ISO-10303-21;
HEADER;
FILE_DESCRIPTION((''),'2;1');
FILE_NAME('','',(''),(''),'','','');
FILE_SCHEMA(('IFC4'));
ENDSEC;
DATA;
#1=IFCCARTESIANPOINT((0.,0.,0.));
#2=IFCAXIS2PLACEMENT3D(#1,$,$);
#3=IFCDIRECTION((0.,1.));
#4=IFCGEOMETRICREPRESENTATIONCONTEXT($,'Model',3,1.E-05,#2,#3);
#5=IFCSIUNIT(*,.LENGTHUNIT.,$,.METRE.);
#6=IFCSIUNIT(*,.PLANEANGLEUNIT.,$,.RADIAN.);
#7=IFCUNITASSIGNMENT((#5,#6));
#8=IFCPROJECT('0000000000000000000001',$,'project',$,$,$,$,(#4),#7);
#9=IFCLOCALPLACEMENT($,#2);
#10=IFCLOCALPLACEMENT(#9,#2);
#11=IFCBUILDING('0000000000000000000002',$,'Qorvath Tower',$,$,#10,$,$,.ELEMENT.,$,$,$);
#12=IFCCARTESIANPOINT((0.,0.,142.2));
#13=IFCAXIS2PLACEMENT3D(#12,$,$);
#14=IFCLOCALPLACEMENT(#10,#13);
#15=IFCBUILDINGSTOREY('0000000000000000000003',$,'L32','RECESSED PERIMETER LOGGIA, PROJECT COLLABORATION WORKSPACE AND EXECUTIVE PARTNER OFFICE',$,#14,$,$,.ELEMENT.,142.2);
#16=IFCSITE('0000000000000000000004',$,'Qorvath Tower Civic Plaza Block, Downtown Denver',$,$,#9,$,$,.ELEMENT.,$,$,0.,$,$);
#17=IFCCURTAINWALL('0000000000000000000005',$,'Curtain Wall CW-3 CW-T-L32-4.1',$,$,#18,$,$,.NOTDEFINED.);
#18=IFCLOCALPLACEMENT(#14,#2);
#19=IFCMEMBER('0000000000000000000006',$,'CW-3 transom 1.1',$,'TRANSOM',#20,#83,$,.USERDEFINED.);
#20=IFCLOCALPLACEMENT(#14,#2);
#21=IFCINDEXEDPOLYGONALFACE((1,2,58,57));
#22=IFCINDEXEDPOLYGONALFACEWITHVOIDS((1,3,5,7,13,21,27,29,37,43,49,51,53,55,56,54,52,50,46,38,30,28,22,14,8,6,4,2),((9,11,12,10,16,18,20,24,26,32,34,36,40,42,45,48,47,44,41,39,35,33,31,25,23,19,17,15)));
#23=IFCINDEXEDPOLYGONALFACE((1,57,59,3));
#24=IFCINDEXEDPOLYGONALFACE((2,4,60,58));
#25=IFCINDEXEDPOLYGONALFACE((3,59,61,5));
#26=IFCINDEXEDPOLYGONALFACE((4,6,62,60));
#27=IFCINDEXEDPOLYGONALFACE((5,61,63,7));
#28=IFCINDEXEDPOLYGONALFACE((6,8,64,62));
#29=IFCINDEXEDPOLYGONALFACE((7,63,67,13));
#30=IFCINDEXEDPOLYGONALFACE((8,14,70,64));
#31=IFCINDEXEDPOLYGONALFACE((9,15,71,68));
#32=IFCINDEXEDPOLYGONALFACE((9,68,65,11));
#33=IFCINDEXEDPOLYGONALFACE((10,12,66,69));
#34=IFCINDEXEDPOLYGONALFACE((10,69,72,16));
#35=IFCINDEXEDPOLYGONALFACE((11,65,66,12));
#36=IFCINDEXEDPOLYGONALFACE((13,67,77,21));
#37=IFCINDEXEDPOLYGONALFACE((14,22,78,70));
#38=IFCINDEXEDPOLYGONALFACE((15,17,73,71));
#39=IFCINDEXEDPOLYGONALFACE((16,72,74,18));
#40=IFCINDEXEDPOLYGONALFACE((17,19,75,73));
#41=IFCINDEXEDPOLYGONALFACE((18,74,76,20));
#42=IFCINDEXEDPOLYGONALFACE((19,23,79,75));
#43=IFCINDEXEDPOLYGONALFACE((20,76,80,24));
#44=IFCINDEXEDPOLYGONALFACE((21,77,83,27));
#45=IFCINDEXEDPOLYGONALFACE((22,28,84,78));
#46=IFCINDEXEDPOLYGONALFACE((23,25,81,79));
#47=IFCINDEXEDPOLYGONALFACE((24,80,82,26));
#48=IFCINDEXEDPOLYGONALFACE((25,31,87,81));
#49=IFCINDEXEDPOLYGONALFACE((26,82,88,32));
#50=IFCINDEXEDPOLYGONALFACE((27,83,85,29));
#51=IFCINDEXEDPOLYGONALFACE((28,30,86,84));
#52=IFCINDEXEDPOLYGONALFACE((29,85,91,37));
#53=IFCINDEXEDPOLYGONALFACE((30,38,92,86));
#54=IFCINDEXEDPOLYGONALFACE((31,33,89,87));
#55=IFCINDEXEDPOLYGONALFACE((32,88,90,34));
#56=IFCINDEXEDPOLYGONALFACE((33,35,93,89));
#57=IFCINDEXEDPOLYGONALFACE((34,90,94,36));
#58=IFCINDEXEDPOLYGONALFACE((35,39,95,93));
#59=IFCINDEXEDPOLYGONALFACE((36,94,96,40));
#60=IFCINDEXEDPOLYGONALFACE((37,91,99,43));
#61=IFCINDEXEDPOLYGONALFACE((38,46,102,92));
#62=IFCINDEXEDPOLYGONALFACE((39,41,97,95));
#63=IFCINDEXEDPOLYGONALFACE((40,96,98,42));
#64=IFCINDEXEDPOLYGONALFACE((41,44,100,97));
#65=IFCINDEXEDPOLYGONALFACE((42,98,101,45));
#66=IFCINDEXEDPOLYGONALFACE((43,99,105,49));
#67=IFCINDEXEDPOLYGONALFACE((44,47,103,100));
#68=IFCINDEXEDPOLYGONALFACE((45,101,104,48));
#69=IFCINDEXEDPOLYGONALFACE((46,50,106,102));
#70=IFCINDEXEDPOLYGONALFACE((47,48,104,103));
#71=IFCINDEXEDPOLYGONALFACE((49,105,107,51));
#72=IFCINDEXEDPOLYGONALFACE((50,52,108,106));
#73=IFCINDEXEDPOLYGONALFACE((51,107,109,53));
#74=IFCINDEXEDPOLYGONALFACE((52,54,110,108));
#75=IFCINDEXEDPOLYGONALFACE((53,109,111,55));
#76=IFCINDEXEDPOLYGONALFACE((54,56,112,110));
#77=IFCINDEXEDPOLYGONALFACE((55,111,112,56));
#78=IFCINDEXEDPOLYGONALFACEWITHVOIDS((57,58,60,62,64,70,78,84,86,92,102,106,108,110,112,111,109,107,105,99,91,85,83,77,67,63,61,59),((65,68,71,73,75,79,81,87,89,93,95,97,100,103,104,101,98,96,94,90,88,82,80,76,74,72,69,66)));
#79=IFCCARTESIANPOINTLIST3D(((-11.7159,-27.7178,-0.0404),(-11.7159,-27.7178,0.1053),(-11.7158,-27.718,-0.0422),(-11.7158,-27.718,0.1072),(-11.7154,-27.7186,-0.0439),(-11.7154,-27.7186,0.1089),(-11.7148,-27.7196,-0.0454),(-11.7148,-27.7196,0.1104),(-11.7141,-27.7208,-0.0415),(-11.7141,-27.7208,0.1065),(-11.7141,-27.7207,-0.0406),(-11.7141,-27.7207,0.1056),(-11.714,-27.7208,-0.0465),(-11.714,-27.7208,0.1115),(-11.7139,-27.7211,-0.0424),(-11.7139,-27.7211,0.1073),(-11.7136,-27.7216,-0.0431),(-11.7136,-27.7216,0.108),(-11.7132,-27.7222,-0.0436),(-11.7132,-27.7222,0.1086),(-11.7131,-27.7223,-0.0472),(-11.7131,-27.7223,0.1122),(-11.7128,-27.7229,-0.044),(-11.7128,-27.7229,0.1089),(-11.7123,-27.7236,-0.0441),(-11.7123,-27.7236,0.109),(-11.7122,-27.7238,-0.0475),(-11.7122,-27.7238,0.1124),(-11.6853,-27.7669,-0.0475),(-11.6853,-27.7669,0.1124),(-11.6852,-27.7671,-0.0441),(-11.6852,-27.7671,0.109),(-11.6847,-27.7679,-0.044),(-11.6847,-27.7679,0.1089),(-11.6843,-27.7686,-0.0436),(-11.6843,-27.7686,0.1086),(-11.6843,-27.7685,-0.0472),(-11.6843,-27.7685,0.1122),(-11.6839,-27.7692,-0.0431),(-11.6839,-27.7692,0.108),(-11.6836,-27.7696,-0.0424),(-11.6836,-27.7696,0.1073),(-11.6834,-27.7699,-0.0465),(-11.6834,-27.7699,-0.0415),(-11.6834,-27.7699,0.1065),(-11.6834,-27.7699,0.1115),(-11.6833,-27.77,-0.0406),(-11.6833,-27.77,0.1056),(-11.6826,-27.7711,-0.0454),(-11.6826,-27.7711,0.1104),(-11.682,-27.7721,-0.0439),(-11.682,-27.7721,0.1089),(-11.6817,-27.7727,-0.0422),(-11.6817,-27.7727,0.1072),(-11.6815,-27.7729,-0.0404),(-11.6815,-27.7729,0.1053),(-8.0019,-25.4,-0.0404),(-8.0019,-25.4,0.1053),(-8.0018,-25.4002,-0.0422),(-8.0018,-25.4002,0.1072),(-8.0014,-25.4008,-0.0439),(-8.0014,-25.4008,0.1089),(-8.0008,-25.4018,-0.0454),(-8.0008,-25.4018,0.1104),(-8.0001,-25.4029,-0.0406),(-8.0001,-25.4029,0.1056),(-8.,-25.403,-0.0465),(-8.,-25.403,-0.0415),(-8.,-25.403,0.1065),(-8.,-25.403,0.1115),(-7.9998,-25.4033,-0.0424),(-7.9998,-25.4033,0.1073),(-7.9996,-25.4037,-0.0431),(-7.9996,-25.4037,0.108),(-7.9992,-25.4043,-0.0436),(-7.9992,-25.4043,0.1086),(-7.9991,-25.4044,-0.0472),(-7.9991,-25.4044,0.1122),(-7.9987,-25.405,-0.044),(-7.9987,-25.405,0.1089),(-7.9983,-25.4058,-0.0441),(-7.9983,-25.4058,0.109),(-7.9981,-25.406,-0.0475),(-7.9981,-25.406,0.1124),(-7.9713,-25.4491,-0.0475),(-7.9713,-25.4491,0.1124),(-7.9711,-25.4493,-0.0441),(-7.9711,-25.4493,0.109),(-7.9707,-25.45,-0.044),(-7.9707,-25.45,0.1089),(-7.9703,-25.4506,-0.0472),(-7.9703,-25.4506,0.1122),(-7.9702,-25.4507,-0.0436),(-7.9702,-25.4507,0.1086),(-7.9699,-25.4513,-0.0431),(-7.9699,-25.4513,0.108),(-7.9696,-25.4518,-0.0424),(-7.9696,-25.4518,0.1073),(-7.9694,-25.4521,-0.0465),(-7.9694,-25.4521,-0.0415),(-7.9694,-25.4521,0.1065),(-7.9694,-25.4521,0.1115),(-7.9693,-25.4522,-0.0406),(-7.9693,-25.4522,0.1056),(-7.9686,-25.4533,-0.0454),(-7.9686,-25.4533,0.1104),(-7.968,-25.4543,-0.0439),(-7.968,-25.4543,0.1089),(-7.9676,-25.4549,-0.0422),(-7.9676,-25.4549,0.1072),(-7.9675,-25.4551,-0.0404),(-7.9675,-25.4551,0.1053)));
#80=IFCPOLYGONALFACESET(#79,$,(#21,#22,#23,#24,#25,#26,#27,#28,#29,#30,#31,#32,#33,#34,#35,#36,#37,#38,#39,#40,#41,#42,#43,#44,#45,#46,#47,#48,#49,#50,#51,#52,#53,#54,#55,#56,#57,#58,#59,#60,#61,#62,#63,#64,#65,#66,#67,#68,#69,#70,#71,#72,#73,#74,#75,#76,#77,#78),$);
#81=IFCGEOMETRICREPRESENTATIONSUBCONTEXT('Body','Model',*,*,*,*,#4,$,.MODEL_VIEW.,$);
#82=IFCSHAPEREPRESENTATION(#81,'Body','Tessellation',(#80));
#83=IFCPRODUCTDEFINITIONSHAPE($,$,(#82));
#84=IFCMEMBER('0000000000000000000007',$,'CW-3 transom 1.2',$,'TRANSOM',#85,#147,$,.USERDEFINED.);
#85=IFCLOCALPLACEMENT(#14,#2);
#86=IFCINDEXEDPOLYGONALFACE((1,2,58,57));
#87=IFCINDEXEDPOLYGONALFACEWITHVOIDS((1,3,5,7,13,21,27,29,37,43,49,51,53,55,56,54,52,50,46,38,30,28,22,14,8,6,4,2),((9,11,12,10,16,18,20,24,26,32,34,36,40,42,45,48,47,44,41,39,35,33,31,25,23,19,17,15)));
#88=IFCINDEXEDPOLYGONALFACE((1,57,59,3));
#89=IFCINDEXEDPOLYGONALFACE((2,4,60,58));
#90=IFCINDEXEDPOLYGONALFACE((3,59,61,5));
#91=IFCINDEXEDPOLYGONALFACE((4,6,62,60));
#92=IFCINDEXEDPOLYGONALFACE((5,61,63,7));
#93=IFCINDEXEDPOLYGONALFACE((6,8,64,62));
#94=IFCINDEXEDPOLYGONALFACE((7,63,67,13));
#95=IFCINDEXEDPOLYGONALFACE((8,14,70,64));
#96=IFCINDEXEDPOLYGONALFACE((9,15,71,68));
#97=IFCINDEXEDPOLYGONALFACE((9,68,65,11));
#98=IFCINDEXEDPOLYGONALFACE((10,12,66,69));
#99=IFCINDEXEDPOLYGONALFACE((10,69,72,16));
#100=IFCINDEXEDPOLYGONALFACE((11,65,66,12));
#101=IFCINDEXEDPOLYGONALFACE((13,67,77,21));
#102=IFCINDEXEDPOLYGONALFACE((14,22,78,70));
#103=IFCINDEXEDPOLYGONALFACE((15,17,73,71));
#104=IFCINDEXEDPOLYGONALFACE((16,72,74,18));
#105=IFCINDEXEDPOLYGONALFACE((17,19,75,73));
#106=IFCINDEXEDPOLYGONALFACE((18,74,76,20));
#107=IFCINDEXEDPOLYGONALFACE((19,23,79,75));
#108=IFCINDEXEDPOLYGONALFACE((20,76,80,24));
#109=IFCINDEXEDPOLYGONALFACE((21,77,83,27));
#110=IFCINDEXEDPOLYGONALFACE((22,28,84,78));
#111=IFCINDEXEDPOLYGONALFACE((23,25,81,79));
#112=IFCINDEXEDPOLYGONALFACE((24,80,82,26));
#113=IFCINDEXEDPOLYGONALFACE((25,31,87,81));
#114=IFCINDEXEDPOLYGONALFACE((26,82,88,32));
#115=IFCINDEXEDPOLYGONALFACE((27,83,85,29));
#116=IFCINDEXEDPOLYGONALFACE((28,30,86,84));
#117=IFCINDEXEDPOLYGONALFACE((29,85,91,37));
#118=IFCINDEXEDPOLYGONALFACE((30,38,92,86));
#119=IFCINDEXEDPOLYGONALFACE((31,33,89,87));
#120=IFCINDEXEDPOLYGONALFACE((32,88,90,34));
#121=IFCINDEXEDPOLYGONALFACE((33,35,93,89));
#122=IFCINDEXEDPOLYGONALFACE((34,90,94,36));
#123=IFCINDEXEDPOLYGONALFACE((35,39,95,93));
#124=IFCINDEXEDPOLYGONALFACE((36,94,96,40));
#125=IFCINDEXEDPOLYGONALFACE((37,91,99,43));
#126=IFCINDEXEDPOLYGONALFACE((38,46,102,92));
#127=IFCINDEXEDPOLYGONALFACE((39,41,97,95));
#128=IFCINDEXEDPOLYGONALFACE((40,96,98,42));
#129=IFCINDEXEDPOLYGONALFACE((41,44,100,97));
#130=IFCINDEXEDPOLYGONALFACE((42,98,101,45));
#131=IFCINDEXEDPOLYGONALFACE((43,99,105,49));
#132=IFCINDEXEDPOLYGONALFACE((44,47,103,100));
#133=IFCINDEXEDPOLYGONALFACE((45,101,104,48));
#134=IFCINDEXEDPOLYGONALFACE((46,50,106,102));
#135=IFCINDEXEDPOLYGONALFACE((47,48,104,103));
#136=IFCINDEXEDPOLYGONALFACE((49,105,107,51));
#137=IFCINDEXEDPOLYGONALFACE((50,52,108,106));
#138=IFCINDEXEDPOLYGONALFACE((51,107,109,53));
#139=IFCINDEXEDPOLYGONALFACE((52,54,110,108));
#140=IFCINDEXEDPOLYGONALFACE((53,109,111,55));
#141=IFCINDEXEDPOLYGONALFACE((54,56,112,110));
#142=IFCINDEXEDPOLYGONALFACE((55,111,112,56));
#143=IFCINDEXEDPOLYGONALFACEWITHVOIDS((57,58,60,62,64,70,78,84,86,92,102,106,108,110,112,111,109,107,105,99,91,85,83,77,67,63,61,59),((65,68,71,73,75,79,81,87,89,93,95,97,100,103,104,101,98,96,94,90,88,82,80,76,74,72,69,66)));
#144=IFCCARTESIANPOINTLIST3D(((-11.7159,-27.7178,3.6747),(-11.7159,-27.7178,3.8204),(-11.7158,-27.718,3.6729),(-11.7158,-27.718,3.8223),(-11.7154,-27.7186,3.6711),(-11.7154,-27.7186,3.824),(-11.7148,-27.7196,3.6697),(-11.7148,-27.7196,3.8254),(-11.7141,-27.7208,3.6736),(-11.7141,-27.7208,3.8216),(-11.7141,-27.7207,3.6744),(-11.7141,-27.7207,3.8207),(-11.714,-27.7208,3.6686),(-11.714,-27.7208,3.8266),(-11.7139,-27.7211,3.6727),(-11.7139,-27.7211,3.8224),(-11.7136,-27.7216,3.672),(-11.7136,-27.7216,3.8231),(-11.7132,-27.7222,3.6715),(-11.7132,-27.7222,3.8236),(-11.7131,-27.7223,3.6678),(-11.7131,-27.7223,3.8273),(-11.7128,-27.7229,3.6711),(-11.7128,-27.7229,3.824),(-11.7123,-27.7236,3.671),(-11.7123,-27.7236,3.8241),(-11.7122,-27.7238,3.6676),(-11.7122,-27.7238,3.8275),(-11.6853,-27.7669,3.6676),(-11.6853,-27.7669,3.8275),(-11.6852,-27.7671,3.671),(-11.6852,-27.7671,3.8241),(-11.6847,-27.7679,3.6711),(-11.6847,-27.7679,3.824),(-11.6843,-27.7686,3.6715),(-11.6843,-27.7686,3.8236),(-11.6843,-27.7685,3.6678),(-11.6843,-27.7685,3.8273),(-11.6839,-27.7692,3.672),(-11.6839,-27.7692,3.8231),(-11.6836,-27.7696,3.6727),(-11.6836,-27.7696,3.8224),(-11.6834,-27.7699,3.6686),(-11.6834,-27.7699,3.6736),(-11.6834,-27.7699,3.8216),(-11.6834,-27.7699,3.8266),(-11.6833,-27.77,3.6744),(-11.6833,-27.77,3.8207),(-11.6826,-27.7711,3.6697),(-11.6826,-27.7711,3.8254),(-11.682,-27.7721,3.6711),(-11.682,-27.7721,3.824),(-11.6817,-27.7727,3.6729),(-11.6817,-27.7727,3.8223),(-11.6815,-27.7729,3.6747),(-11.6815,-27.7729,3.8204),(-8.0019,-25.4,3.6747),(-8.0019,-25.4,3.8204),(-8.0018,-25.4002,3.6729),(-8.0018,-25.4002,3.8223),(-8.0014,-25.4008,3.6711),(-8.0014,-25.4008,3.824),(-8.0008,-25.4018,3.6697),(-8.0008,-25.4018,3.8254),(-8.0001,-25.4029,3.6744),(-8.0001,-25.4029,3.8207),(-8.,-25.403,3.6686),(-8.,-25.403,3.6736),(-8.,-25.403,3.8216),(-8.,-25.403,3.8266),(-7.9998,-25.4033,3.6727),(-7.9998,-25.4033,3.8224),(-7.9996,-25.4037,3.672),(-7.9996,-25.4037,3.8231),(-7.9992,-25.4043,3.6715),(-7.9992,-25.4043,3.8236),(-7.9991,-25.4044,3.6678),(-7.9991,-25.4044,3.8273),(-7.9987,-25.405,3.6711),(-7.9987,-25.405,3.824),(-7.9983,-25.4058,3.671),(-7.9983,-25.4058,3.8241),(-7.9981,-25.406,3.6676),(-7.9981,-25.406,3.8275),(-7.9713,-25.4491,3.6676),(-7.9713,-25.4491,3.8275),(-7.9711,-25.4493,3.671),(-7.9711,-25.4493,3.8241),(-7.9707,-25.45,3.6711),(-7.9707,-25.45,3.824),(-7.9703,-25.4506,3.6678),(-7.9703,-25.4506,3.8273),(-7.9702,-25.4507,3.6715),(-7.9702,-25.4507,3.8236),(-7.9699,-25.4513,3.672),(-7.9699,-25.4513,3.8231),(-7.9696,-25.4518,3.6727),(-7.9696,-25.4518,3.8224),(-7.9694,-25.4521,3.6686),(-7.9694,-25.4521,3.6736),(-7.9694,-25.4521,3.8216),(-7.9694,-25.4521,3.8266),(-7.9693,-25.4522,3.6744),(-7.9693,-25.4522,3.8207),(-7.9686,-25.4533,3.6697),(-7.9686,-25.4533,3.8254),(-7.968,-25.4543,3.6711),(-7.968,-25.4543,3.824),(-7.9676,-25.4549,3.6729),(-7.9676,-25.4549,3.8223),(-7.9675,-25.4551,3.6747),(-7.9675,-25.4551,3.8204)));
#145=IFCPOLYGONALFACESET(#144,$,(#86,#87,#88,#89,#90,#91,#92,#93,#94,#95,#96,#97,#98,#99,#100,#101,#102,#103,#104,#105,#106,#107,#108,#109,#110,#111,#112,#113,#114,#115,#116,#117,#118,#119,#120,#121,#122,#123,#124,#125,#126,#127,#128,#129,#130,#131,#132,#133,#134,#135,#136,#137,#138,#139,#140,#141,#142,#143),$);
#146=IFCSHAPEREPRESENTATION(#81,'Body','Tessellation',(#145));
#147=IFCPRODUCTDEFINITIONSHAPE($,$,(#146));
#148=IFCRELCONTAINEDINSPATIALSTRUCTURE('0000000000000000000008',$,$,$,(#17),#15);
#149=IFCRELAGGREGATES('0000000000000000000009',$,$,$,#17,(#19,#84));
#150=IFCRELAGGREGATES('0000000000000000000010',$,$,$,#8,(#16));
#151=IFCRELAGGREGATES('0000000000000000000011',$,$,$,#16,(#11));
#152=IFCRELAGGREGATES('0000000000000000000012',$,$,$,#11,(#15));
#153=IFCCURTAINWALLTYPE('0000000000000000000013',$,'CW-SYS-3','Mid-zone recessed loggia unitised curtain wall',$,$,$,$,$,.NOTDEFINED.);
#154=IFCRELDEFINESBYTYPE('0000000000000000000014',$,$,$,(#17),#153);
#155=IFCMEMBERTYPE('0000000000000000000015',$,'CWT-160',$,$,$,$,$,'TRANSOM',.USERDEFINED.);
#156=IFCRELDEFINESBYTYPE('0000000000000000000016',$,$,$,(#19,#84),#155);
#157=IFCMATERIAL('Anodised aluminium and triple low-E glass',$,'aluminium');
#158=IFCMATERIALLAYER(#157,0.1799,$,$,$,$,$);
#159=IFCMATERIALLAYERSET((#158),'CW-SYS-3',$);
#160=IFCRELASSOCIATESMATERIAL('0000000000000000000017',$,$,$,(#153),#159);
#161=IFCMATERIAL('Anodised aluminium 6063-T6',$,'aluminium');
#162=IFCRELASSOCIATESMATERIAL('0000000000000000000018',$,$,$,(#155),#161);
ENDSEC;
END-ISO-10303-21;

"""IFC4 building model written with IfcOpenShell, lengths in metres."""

from ifc_helpers import new_model, si_unit, direction, frame, origin, origin_2d, place, context, subcontext, project, spatial, hollow_rectangle, extrude, material, layer, layer_set, material_profile, profile_set, type_object, element, aggregate, save


model = new_model("IFC4")

# Units and contexts
model_context = context("Model", 3, precision=1e-05, world=origin(), true_north=direction((0.0, 1.0)))
body_context = subcontext(model_context, "Body", "Model", "MODEL_VIEW")
ifc_project = project(units=[si_unit("LENGTHUNIT", "METRE"), si_unit("PLANEANGLEUNIT", "RADIAN")], contexts=[model_context])

# Site, building, storey
site_placement = place(None, origin())
site = spatial("IfcSite", under=ifc_project, at=site_placement, Name="Qorvath Tower Civic Plaza Block, Downtown Denver", CompositionType="ELEMENT", RefElevation=0.0)
building_placement = place(site_placement, origin())
building = spatial("IfcBuilding", under=site, at=building_placement, Name="Qorvath Tower", CompositionType="ELEMENT")
storey_placement = place(building_placement, frame((0.0, 0.0, 142.2)))
storey = spatial("IfcBuildingStorey", under=building, at=storey_placement, Name="L32", Description="RECESSED PERIMETER LOGGIA, PROJECT COLLABORATION WORKSPACE AND EXECUTIVE PARTNER OFFICE", CompositionType="ELEMENT", Elevation=142.2)

# Shared definitions
ifc_material_1 = material(Name="Anodised aluminium and triple low-E glass", Category="aluminium")
ifc_layer_1 = layer(ifc_material_1, 0.1799)
ifc_layer_set_1 = layer_set([ifc_layer_1], Name="CW-SYS-3")
curtain_wall_type = type_object("IfcCurtainWallType", Name="CW-SYS-3", Description="Mid-zone recessed loggia unitised curtain wall", PredefinedType="NOTDEFINED", material=ifc_layer_set_1)

# Curtain wall
curtain_wall_1_placement = place(storey_placement, origin())
curtain_wall_1 = element("IfcCurtainWall", 1, at=curtain_wall_1_placement, inside=storey, type_object=curtain_wall_type, Name="Curtain Wall CW-3 CW-T-L32-4.1", PredefinedType="NOTDEFINED")

# Members
ifc_material_2 = material(Name="Anodised aluminium 6063-T6", Category="aluminium")
ifc_material_profile_1 = material_profile(ifc_material_2, hollow_rectangle(XDim=0.0649, YDim=0.1599, WallThickness=0.0034, InnerFilletRadius=0.0034, OuterFilletRadius=0.0071, at=origin_2d()), Name="CWT 160x65")
ifc_profile_set_1 = profile_set([ifc_material_profile_1], Name="Anodised aluminium 6063-T6")
member_type_1 = type_object("IfcMemberType", Name="CWT-160", ElementType="TRANSOM", PredefinedType="USERDEFINED", material=ifc_profile_set_1)
member_1_placement = place(storey_placement, frame((-11.6987, -27.7454, 0.0325), z_axis=(0.848352, 0.529432, 0.0), x_axis=(-0.529432, 0.848352, 0.0)))
member_1 = element("IfcMember", 2, at=member_1_placement, type_object=member_type_1, Name="CW-3 transom 1.1", ObjectType="TRANSOM", PredefinedType="USERDEFINED", context=body_context, shape_type="SweptSolid", body=[
    extrude(hollow_rectangle(XDim=0.0649, YDim=0.1599, WallThickness=0.0034, InnerFilletRadius=0.0034, OuterFilletRadius=0.0071, at=origin_2d()), origin(), (0.0, 0.0, 1.0), 4.3779),
])
member_2_placement = place(storey_placement, frame((-11.6987, -27.7454, 3.7476), z_axis=(0.848352, 0.529432, 0.0), x_axis=(-0.529432, 0.848352, 0.0)))
member_2 = element("IfcMember", 3, at=member_2_placement, type_object=member_type_1, Name="CW-3 transom 1.2", ObjectType="TRANSOM", PredefinedType="USERDEFINED", context=body_context, shape_type="SweptSolid", body=[
    extrude(hollow_rectangle(XDim=0.0649, YDim=0.1599, WallThickness=0.0034, InnerFilletRadius=0.0034, OuterFilletRadius=0.0071, at=origin_2d()), origin(), (0.0, 0.0, 1.0), 4.3779),
])

aggregate(curtain_wall_1, [member_1, member_2])

save(model, "model.ifc")
